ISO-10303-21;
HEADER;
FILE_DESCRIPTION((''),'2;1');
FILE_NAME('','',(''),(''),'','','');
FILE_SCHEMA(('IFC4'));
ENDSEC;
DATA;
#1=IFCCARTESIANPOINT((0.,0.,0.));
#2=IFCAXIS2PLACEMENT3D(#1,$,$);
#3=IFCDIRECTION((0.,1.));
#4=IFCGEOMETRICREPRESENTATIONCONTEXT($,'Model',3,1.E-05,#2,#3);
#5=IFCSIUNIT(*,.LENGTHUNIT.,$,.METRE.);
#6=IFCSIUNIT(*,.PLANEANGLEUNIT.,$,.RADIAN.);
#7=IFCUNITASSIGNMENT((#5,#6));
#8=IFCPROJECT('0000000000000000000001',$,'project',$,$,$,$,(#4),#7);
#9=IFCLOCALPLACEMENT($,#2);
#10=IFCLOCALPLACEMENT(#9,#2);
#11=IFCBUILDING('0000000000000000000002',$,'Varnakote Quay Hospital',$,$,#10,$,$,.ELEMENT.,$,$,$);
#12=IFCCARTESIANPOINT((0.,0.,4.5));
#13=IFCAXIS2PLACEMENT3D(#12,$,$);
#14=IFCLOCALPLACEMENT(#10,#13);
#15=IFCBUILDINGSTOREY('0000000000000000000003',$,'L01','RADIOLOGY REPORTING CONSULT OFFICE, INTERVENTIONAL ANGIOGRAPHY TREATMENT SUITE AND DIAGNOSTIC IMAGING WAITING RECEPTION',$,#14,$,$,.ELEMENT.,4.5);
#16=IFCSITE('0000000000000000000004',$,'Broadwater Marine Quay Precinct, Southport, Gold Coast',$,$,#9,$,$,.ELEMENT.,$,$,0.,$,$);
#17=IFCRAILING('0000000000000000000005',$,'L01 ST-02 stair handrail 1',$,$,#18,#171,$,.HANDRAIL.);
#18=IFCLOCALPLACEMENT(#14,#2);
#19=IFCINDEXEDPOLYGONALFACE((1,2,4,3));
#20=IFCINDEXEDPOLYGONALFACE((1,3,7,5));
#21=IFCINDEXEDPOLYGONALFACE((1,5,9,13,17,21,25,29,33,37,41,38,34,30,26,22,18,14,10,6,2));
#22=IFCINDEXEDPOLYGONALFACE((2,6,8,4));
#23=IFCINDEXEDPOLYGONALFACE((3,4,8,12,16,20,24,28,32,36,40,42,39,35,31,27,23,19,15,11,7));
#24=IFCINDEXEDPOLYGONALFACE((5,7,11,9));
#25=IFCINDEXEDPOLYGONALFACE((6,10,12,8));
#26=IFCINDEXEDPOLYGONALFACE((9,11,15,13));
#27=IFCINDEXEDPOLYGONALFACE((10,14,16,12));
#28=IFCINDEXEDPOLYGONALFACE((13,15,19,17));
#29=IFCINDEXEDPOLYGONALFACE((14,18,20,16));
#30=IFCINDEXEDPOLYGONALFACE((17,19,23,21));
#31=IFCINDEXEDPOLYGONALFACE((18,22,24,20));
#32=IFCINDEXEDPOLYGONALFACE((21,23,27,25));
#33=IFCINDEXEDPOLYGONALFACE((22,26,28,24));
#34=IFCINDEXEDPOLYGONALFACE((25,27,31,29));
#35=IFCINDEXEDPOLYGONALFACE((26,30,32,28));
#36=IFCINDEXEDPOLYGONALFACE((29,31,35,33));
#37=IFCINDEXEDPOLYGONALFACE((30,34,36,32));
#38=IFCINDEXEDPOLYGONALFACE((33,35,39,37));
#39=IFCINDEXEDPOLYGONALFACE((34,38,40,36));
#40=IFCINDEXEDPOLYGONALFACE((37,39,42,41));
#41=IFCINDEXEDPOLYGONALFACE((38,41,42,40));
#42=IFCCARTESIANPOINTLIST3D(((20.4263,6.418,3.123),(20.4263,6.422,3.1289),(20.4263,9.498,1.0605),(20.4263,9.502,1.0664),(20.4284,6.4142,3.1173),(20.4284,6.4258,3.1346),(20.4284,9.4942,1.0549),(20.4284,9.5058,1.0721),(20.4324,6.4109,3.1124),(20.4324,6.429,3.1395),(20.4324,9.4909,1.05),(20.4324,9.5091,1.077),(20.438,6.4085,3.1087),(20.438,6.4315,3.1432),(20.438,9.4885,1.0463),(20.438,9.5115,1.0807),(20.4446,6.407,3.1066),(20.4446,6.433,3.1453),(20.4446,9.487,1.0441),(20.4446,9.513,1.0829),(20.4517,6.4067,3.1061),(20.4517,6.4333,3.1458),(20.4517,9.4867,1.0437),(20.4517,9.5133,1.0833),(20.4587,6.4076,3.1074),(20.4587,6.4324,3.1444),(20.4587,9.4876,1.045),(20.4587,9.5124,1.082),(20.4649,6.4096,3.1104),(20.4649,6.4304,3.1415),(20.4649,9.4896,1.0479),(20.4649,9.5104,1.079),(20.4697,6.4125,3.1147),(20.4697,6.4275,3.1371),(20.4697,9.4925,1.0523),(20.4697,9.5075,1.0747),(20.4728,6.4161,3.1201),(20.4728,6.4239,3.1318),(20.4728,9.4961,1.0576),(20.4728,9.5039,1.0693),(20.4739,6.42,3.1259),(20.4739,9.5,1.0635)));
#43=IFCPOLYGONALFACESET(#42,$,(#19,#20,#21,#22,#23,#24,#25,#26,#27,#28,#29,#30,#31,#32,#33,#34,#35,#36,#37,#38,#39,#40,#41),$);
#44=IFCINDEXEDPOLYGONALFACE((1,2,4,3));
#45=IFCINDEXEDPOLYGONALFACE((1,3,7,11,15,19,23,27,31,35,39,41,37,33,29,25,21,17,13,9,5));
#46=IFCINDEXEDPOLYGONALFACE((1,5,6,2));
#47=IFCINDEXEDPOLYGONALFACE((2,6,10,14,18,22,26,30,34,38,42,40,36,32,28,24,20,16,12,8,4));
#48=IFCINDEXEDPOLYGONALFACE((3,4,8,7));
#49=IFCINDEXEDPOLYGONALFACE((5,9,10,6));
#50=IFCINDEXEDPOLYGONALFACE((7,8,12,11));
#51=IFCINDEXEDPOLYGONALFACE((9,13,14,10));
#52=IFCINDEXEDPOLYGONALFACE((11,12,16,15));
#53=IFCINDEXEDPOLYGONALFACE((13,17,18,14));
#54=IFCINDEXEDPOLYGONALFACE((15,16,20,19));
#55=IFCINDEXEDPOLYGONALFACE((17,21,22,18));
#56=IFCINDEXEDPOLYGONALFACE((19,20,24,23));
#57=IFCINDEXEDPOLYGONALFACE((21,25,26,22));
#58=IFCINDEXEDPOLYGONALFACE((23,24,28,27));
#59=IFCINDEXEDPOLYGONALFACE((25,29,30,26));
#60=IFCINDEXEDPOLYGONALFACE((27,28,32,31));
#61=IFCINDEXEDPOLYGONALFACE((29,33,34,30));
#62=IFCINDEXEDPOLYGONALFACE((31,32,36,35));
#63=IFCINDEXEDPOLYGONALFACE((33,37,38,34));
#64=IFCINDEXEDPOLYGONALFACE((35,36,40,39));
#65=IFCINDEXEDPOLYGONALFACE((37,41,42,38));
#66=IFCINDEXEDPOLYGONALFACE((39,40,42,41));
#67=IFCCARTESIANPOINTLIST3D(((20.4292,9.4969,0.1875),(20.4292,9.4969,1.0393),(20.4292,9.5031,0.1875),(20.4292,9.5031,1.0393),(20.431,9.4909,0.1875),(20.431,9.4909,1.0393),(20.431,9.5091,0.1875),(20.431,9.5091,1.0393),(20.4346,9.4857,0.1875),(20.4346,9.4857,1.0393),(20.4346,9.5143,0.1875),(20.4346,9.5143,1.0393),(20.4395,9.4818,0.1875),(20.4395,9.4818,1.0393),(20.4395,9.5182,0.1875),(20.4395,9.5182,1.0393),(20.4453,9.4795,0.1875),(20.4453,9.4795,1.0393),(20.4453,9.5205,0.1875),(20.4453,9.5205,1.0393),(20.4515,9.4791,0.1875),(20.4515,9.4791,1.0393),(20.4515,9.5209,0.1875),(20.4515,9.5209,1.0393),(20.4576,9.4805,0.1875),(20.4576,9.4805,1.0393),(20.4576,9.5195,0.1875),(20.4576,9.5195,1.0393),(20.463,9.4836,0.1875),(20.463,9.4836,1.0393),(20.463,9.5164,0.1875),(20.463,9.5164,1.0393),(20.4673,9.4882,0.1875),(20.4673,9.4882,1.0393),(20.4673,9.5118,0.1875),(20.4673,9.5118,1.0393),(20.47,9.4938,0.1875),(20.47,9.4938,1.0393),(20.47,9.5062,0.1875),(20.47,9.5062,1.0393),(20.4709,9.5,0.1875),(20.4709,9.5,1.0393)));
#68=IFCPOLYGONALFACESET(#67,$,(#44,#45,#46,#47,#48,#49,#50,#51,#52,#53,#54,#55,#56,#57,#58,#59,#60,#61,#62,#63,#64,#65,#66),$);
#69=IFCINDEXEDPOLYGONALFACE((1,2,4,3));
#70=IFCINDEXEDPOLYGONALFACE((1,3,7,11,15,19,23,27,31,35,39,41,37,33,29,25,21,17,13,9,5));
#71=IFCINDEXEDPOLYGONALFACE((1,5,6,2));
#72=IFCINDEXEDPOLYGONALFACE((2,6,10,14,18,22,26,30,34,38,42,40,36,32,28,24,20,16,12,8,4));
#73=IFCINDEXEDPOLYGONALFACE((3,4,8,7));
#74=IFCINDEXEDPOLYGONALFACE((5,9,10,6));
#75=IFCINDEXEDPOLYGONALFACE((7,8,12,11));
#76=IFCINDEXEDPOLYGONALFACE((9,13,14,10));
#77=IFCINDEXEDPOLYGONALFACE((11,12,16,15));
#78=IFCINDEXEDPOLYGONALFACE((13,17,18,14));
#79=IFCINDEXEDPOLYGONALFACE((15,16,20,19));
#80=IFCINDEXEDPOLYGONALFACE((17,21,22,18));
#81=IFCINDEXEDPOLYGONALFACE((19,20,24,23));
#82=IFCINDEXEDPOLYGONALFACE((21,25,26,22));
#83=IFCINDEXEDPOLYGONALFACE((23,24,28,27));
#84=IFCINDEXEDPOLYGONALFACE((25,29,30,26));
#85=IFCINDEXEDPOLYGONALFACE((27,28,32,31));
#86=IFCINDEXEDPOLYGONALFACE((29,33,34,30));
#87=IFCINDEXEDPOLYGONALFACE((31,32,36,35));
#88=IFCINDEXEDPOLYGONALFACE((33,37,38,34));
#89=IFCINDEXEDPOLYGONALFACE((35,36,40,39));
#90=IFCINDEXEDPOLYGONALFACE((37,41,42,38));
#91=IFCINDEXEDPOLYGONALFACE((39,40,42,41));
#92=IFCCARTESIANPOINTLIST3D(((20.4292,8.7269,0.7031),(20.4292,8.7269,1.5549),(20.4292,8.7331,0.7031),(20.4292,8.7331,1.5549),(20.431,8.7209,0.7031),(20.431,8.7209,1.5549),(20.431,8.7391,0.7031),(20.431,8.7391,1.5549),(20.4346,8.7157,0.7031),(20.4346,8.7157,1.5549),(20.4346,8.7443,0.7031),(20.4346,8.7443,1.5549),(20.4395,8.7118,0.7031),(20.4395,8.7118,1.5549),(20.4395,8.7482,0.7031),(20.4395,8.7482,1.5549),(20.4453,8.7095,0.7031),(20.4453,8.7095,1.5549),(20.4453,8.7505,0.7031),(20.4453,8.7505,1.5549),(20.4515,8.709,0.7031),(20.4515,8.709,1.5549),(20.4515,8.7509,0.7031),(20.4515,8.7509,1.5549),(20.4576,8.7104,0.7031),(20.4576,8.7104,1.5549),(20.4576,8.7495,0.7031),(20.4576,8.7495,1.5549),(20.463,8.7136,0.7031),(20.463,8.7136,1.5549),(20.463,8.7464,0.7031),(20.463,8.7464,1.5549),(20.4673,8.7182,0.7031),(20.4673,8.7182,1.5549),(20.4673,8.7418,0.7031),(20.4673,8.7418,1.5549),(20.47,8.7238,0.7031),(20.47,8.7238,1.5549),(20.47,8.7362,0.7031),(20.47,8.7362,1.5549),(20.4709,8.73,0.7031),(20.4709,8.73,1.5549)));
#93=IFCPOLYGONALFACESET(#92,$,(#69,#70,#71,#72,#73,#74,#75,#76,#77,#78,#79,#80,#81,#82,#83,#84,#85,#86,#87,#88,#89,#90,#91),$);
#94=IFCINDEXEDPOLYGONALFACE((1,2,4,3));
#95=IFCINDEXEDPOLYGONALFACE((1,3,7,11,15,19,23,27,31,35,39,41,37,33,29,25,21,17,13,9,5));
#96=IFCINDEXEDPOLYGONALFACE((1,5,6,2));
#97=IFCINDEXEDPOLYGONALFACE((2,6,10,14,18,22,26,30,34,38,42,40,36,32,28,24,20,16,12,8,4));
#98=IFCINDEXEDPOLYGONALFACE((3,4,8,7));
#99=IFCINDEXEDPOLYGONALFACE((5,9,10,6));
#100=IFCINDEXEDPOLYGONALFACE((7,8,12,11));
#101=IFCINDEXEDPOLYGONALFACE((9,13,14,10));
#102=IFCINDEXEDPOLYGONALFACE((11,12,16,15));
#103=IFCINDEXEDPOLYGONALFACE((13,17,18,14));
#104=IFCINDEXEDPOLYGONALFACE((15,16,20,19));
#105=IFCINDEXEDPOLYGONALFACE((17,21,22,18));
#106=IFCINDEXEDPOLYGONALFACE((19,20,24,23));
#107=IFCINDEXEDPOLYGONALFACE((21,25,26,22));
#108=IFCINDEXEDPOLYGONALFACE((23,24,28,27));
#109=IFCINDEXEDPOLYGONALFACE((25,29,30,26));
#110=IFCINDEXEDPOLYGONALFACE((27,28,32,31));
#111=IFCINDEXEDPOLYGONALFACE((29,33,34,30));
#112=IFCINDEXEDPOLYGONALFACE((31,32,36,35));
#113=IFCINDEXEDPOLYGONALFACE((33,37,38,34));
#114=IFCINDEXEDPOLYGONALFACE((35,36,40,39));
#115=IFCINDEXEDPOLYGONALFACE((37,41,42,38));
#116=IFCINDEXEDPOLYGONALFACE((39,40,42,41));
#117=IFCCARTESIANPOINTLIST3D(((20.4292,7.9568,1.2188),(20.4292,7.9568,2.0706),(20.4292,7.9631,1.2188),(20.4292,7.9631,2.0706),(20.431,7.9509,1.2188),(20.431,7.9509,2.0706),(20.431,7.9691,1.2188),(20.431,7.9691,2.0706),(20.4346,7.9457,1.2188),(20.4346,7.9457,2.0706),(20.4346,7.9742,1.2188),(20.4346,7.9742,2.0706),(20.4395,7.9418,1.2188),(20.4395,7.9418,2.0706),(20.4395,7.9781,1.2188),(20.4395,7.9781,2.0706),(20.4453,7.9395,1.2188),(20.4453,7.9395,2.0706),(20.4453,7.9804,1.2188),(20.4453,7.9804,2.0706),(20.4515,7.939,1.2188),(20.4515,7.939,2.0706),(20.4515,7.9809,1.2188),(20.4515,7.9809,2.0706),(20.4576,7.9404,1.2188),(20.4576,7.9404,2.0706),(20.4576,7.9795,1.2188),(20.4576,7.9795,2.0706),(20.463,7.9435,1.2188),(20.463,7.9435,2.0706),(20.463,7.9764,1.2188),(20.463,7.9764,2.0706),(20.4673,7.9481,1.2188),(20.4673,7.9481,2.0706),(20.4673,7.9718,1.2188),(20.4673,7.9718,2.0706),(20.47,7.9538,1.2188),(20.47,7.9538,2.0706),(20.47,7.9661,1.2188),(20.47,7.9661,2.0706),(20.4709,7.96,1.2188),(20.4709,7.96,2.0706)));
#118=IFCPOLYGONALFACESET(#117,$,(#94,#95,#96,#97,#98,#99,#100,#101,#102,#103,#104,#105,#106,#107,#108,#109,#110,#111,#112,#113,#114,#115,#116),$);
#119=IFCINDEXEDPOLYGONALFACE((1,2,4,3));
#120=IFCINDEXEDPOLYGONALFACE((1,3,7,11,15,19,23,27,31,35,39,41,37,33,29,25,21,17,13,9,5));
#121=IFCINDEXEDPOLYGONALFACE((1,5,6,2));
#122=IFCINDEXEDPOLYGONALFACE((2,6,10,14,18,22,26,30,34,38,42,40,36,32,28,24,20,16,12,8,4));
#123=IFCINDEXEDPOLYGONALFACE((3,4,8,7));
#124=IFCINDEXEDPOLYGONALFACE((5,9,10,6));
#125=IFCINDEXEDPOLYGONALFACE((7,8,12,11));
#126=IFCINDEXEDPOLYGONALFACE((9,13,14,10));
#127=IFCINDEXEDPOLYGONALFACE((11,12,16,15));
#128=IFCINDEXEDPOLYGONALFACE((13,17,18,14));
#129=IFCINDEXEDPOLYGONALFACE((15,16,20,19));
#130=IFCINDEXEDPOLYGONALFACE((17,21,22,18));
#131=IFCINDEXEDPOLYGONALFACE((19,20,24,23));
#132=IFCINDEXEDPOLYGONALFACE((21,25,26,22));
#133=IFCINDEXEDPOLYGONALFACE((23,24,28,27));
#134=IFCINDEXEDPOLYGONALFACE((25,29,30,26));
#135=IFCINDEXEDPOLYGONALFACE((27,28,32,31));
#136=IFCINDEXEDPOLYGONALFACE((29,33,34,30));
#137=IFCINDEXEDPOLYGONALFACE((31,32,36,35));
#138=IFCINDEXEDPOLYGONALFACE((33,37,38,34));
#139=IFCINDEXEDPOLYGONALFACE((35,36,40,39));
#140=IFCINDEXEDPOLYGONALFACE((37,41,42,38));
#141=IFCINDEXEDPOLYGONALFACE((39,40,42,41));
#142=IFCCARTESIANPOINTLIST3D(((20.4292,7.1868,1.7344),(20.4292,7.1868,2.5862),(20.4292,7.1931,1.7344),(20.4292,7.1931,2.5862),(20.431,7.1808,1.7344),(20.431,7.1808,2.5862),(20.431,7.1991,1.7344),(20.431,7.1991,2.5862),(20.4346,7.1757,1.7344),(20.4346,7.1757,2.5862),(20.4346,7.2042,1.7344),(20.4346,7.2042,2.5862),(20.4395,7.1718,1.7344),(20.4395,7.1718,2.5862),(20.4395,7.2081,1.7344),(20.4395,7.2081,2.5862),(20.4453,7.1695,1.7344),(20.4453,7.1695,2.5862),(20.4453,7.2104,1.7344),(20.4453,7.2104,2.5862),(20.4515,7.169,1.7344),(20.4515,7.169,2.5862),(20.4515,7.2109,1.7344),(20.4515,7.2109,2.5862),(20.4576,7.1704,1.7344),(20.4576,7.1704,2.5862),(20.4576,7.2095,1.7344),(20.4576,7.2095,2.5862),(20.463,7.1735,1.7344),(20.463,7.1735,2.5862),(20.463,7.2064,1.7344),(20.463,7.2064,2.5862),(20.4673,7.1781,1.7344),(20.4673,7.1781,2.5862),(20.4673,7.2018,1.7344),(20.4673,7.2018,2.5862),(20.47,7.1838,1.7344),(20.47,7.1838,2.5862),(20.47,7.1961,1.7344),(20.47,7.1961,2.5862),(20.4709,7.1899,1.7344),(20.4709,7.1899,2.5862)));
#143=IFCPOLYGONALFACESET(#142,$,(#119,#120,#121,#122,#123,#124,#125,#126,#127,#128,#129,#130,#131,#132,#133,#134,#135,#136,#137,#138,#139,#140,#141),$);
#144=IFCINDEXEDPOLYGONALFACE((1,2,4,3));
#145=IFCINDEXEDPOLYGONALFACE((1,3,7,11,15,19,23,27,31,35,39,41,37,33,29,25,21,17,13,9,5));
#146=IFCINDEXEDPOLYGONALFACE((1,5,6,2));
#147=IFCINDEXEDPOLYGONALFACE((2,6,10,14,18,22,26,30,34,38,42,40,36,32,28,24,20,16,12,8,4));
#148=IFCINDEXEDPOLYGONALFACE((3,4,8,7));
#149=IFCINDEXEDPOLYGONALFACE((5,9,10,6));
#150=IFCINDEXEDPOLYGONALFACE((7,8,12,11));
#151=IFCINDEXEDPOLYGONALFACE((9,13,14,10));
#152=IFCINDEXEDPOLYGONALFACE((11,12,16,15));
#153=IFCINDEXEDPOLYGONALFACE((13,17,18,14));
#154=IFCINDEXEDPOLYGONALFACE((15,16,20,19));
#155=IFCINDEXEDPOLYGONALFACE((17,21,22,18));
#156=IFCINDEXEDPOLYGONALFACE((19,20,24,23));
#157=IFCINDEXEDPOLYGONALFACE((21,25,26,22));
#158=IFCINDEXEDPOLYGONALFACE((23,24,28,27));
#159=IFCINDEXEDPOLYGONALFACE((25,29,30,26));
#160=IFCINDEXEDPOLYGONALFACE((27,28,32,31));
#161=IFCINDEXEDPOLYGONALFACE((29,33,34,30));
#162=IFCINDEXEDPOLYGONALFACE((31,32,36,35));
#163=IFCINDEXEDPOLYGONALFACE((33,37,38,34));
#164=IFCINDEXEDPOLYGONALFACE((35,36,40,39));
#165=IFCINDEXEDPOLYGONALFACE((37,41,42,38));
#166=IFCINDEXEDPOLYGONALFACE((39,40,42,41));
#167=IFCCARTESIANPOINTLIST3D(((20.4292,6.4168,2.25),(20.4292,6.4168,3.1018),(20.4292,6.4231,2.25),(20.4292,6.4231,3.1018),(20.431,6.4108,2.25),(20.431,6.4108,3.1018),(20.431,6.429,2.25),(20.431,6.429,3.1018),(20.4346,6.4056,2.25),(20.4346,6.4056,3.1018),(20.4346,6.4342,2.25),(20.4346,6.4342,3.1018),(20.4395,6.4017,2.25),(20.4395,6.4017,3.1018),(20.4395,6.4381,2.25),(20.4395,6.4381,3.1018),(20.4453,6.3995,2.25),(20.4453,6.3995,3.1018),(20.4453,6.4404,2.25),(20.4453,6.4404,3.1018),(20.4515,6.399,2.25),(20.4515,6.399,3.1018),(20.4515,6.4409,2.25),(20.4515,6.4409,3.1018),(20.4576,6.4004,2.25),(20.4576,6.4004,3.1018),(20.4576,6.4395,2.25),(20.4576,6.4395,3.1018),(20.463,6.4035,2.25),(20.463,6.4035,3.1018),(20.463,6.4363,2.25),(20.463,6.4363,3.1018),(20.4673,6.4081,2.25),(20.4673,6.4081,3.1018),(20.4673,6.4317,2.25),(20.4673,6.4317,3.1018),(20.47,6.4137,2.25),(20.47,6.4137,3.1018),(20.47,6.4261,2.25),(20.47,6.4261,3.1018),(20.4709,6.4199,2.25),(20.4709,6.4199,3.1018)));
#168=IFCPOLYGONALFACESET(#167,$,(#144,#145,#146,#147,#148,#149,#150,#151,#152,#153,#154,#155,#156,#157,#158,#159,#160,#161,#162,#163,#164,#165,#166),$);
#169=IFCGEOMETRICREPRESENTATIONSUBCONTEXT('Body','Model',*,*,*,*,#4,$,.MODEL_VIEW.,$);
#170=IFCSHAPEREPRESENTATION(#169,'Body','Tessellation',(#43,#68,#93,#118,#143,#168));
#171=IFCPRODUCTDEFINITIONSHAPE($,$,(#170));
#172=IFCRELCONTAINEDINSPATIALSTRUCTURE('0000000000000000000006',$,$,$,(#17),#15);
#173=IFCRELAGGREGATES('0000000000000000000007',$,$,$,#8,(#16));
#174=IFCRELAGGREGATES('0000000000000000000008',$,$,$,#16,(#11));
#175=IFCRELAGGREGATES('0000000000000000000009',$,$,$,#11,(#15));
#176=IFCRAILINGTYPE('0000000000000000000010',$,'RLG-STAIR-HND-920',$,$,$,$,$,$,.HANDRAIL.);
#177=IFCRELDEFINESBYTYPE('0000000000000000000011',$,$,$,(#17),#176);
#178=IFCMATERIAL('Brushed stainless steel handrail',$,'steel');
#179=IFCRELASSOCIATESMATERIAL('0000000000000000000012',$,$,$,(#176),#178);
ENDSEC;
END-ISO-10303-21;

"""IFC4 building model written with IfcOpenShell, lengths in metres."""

from ifc_helpers import new_model, si_unit, direction, frame, origin, origin_2d, place, context, subcontext, project, spatial, circle, extrude, material, type_object, element, save


model = new_model("IFC4")

# Units and contexts
model_context = context("Model", 3, precision=1e-05, world=origin(), true_north=direction((0.0, 1.0)))
body_context = subcontext(model_context, "Body", "Model", "MODEL_VIEW")
ifc_project = project(units=[si_unit("LENGTHUNIT", "METRE"), si_unit("PLANEANGLEUNIT", "RADIAN")], contexts=[model_context])

# Site, building, storey
site_placement = place(None, origin())
site = spatial("IfcSite", under=ifc_project, at=site_placement, Name="Broadwater Marine Quay Precinct, Southport, Gold Coast", CompositionType="ELEMENT", RefElevation=0.0)
building_placement = place(site_placement, origin())
building = spatial("IfcBuilding", under=site, at=building_placement, Name="Varnakote Quay Hospital", CompositionType="ELEMENT")
storey_placement = place(building_placement, frame((0.0, 0.0, 4.5)))
storey = spatial("IfcBuildingStorey", under=building, at=storey_placement, Name="L01", Description="RADIOLOGY REPORTING CONSULT OFFICE, INTERVENTIONAL ANGIOGRAPHY TREATMENT SUITE AND DIAGNOSTIC IMAGING WAITING RECEPTION", CompositionType="ELEMENT", Elevation=4.5)

# Railing
ifc_material_1 = material(Name="Brushed stainless steel handrail", Category="steel")
railing_type_1 = type_object("IfcRailingType", Name="RLG-STAIR-HND-920", PredefinedType="HANDRAIL", material=ifc_material_1)
railing_1_placement = place(storey_placement, frame((20.45, 9.5, 0.1875)))
element("IfcRailing", 1, at=railing_1_placement, inside=storey, type_object=railing_type_1, Name="L01 ST-02 stair handrail 1", PredefinedType="HANDRAIL", context=body_context, shape_type="SweptSolid", body=[
    extrude(circle(Radius=0.0239, at=origin_2d()), frame((0.0, 0.0, 0.876), z_axis=(0.0, -0.830914, 0.556401), x_axis=(1.0, 0.0, 0.0)), (0.0, 0.0, 1.0), 3.7068),
    extrude(circle(Radius=0.021, at=origin_2d()), origin(), (0.0, 0.0, 1.0), 0.8518),
    extrude(circle(Radius=0.021, at=origin_2d()), frame((0.0, -0.77, 0.5156)), (0.0, 0.0, 1.0), 0.8518),
    extrude(circle(Radius=0.021, at=origin_2d()), frame((0.0, -1.54, 1.0312)), (0.0, 0.0, 1.0), 0.8518),
    extrude(circle(Radius=0.021, at=origin_2d()), frame((0.0, -2.3101, 1.5469)), (0.0, 0.0, 1.0), 0.8518),
    extrude(circle(Radius=0.021, at=origin_2d()), frame((0.0, -3.0801, 2.0625)), (0.0, 0.0, 1.0), 0.8518),
])

save(model, "model.ifc")
